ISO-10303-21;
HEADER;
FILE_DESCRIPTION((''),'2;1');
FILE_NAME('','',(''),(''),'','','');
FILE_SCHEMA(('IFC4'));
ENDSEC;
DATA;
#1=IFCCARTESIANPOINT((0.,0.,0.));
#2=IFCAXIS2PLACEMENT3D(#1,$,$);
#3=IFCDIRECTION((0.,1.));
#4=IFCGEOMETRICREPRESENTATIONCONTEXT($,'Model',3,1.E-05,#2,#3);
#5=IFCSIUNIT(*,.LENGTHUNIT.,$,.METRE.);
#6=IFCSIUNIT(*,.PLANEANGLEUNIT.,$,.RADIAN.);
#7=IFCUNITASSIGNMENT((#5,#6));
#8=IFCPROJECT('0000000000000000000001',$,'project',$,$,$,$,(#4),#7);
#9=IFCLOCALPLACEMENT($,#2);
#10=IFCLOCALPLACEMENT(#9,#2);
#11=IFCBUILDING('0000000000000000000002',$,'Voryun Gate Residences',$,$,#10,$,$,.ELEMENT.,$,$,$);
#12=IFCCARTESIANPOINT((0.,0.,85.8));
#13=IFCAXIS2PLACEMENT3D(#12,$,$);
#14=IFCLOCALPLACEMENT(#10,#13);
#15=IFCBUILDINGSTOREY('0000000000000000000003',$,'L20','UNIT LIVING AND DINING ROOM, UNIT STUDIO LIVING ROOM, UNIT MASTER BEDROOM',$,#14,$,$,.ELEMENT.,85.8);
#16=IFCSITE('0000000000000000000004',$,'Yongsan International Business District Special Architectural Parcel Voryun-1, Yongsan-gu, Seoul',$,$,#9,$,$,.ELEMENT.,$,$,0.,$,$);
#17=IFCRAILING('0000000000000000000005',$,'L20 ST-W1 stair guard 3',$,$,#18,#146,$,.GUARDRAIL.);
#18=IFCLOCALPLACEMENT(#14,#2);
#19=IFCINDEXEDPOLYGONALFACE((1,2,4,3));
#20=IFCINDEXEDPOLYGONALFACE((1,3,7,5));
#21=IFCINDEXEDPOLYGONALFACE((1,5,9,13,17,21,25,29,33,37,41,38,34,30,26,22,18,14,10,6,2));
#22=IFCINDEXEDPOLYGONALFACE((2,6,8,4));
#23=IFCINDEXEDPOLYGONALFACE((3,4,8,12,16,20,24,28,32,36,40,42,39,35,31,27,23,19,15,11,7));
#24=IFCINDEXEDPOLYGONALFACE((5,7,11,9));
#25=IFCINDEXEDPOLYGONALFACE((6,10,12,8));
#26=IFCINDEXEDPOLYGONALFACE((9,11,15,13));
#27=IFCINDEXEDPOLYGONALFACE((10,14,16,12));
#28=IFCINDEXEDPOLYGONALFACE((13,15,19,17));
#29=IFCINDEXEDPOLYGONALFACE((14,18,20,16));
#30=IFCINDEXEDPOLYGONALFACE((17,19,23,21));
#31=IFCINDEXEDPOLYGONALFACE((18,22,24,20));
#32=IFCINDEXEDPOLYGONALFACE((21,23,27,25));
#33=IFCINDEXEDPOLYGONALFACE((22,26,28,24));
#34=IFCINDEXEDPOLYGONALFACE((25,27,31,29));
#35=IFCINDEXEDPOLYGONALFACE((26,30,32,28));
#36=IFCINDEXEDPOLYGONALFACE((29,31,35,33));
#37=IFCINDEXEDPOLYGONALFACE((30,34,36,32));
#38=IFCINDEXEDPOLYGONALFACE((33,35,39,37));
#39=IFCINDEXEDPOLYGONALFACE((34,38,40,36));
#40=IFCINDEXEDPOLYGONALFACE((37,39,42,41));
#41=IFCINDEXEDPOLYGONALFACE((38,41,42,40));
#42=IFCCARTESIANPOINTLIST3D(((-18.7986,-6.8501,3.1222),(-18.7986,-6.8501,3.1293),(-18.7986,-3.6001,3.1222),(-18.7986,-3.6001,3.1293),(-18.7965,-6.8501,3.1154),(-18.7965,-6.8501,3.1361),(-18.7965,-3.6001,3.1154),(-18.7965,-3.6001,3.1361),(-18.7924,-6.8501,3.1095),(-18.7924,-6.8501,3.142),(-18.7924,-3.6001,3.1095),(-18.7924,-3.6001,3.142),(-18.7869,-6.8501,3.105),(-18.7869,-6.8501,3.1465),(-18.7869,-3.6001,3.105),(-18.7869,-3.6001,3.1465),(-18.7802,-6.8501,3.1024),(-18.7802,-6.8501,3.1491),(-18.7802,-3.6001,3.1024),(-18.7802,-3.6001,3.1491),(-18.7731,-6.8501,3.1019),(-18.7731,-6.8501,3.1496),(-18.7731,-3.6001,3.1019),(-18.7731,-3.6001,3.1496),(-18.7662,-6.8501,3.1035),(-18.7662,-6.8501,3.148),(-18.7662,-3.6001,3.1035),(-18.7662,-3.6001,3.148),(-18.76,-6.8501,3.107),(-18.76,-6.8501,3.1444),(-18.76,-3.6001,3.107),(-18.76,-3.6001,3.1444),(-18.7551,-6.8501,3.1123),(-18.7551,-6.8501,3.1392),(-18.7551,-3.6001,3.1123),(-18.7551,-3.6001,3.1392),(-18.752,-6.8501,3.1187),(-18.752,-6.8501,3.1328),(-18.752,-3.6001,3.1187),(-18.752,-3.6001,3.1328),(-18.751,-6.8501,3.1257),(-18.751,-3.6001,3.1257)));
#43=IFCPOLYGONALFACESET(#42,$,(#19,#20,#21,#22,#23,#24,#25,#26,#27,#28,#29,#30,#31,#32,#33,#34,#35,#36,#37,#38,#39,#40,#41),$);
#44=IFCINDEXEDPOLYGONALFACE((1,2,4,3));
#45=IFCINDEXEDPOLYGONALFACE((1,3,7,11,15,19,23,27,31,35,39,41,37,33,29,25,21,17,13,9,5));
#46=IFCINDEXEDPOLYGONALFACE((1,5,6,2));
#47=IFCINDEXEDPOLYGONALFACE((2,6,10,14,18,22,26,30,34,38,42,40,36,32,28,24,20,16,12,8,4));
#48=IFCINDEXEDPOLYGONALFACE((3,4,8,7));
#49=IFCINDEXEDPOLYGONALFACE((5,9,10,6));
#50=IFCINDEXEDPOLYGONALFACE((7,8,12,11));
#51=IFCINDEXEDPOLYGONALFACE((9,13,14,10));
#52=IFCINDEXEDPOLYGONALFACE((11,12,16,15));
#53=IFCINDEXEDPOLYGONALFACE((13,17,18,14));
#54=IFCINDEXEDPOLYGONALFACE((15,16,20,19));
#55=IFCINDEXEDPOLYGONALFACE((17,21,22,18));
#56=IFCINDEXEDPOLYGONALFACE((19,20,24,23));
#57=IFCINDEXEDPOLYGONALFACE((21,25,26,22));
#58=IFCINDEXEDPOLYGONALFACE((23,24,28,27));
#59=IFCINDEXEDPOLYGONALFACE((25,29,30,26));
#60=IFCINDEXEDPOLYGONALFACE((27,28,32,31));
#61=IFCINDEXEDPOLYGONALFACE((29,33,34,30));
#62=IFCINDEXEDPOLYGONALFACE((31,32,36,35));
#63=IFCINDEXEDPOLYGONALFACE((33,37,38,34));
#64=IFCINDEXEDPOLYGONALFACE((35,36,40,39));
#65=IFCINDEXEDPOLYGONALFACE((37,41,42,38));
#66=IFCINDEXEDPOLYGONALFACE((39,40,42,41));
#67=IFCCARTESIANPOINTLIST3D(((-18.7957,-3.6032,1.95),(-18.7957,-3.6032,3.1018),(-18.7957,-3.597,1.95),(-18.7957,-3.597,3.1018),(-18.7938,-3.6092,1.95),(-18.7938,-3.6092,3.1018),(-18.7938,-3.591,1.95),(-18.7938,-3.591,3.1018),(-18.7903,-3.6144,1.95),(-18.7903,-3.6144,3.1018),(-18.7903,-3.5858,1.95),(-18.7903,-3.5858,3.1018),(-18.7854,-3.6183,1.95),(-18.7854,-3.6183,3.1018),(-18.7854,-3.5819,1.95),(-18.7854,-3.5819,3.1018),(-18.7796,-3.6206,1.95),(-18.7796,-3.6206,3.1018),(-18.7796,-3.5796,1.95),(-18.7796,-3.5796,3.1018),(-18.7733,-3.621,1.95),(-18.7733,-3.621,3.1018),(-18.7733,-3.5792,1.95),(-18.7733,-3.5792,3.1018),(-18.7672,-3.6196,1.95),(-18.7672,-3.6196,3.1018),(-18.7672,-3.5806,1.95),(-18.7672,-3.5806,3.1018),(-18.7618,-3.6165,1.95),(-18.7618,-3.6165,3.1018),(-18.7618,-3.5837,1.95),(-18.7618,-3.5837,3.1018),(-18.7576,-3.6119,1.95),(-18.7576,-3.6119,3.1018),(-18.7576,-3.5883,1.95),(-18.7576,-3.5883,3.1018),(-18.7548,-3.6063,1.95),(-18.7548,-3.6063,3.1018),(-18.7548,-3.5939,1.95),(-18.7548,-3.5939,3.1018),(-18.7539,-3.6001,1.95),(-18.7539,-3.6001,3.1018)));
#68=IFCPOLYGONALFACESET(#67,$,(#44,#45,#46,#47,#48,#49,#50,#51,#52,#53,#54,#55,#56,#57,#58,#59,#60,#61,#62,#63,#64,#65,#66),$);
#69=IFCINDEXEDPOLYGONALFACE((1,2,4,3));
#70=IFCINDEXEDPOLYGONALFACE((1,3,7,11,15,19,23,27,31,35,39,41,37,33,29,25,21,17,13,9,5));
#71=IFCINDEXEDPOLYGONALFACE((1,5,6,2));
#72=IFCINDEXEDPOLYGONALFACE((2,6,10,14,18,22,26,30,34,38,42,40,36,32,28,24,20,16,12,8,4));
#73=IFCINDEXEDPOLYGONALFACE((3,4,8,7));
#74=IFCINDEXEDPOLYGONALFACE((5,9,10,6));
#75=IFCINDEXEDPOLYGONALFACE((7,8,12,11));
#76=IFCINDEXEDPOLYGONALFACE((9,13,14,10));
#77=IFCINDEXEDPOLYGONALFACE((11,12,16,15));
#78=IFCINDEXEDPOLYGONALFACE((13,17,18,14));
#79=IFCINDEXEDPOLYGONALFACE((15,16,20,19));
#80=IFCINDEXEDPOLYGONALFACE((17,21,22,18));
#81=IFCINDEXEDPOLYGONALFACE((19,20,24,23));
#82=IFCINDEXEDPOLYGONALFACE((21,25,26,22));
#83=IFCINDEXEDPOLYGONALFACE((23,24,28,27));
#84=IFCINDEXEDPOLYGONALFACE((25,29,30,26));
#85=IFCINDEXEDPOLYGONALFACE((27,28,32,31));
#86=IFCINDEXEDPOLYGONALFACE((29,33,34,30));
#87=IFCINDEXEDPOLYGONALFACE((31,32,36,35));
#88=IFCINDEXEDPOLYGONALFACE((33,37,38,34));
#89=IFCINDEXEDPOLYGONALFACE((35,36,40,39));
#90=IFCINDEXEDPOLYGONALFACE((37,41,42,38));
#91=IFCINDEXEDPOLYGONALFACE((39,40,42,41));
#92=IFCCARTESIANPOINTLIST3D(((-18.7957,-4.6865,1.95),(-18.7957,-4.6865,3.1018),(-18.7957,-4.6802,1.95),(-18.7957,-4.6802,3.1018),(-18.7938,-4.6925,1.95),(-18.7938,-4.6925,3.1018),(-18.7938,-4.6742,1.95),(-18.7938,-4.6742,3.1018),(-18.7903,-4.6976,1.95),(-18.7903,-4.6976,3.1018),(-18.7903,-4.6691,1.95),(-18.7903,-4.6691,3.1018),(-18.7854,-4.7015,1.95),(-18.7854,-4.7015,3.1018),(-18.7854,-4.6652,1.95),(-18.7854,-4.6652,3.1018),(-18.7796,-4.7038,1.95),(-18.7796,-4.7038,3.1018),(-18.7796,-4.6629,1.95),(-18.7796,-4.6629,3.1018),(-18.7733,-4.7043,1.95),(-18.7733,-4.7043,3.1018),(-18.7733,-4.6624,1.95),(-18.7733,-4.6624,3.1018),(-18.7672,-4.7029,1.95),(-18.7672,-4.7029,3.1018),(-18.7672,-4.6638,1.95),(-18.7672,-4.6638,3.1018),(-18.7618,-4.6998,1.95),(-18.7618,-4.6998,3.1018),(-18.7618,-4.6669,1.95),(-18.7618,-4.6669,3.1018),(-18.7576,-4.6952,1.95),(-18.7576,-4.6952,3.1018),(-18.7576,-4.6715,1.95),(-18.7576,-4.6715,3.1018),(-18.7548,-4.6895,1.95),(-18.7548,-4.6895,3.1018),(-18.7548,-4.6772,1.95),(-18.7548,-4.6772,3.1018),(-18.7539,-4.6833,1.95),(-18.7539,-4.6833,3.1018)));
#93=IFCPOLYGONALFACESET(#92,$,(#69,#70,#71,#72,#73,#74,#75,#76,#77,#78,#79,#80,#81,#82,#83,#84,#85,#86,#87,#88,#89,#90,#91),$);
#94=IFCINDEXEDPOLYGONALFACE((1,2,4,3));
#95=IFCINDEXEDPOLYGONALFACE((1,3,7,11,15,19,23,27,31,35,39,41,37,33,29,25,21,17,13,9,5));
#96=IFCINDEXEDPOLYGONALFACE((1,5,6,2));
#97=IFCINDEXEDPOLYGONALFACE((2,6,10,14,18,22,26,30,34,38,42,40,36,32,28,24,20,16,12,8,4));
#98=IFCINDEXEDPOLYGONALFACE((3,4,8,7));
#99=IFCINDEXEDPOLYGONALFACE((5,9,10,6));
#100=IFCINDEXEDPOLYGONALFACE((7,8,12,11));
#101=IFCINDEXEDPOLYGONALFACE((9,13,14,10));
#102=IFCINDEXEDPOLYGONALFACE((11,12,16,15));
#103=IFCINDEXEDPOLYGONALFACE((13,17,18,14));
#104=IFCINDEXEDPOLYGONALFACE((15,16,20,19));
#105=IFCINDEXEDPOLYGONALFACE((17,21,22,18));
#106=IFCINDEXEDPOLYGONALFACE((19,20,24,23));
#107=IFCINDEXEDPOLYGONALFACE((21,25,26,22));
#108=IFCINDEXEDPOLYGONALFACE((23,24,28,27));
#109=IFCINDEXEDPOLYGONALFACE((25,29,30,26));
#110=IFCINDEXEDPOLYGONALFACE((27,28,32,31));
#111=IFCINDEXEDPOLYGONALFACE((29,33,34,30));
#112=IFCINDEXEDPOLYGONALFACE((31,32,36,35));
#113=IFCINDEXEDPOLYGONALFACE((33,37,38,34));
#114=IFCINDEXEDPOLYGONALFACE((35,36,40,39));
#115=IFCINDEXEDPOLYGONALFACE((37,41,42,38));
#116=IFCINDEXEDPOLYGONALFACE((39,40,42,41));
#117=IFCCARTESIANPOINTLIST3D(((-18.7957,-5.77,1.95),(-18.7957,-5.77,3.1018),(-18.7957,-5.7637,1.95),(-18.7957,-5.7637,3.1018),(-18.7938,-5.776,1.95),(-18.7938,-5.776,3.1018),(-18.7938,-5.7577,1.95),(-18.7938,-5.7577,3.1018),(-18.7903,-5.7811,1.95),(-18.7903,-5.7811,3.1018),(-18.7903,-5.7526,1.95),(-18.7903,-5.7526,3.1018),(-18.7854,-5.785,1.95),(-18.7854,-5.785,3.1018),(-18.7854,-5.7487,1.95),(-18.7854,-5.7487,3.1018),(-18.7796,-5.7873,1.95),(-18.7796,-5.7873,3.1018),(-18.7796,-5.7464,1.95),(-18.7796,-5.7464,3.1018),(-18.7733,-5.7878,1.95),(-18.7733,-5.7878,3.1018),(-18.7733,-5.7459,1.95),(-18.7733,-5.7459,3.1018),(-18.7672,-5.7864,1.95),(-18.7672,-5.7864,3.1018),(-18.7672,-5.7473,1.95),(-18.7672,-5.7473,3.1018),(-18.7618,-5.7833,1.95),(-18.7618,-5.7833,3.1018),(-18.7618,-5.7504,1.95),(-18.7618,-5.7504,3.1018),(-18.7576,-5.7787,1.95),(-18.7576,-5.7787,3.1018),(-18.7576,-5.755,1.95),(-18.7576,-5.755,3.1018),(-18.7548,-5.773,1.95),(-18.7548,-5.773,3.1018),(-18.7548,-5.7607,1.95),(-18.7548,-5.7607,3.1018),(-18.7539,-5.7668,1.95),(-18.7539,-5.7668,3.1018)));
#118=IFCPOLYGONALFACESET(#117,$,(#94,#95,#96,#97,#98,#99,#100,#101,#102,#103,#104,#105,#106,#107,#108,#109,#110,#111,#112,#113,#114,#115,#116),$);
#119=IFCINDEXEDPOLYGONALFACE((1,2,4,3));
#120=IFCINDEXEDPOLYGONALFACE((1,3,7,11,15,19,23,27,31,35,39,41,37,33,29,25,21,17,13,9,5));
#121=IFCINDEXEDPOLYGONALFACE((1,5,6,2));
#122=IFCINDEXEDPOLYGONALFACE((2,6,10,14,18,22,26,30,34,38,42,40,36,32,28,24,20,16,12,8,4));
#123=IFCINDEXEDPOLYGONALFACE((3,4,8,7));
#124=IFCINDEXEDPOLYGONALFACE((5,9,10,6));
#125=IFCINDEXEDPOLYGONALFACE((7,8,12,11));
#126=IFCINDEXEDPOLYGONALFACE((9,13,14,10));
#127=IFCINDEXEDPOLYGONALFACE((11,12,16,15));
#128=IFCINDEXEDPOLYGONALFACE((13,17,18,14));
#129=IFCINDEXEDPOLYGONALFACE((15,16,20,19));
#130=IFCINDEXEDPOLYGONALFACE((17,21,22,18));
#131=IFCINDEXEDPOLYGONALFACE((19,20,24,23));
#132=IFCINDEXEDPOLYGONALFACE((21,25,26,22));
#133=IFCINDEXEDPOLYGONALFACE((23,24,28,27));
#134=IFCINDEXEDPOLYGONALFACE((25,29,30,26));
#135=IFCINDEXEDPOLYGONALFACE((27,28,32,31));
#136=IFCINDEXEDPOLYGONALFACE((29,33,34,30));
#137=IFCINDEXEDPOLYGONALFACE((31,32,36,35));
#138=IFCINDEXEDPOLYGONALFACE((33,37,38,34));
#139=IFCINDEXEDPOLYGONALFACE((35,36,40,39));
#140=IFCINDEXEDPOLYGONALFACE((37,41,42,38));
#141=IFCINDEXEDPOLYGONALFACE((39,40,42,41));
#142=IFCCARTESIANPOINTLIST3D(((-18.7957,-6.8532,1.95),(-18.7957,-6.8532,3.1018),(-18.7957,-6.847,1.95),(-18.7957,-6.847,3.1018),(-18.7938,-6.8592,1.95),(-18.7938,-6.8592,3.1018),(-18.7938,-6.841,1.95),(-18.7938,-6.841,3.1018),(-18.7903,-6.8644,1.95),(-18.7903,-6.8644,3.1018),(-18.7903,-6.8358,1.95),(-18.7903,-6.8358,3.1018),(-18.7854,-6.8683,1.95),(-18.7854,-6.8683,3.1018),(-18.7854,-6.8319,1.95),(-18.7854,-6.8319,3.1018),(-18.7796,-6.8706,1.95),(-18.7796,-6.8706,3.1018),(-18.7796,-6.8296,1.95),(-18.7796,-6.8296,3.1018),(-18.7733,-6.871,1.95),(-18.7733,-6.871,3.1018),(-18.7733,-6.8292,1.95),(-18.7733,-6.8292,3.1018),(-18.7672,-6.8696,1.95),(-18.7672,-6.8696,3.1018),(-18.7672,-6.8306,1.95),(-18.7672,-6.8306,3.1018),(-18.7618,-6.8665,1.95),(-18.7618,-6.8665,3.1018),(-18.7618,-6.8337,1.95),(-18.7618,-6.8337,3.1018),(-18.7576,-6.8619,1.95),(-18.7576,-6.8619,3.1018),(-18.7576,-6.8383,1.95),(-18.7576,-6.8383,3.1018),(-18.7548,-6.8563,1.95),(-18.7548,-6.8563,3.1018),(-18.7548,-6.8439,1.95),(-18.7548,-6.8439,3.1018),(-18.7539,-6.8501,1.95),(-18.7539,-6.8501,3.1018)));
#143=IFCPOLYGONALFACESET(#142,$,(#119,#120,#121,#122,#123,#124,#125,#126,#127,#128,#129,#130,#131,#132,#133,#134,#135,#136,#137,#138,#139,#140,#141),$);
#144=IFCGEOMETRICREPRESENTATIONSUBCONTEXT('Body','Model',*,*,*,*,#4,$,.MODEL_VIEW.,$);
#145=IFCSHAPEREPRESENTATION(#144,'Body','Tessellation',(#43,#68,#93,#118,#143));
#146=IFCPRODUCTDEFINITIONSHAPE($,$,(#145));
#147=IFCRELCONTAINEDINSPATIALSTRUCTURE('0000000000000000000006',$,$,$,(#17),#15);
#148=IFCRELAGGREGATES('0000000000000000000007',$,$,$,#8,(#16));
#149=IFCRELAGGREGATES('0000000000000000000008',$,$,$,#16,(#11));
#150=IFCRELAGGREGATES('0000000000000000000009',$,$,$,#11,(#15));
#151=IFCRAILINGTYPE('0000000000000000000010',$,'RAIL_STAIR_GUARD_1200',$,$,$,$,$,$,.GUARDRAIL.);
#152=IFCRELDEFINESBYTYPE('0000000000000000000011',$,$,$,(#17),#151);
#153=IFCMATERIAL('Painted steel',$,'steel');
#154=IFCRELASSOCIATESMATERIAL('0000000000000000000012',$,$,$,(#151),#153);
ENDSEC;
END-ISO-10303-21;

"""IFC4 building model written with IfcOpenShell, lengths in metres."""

from ifc_helpers import new_model, si_unit, direction, frame, origin, origin_2d, place, context, subcontext, project, spatial, circle, extrude, material, type_object, element, save


model = new_model("IFC4")

# Units and contexts
model_context = context("Model", 3, precision=1e-05, world=origin(), true_north=direction((0.0, 1.0)))
body_context = subcontext(model_context, "Body", "Model", "MODEL_VIEW")
ifc_project = project(units=[si_unit("LENGTHUNIT", "METRE"), si_unit("PLANEANGLEUNIT", "RADIAN")], contexts=[model_context])

# Site, building, storey
site_placement = place(None, origin())
site = spatial("IfcSite", under=ifc_project, at=site_placement, Name="Yongsan International Business District Special Architectural Parcel Voryun-1, Yongsan-gu, Seoul", CompositionType="ELEMENT", RefElevation=0.0)
building_placement = place(site_placement, origin())
building = spatial("IfcBuilding", under=site, at=building_placement, Name="Voryun Gate Residences", CompositionType="ELEMENT")
storey_placement = place(building_placement, frame((0.0, 0.0, 85.8)))
storey = spatial("IfcBuildingStorey", under=building, at=storey_placement, Name="L20", Description="UNIT LIVING AND DINING ROOM, UNIT STUDIO LIVING ROOM, UNIT MASTER BEDROOM", CompositionType="ELEMENT", Elevation=85.8)

# Railing
ifc_material_1 = material(Name="Painted steel", Category="steel")
railing_type_1 = type_object("IfcRailingType", Name="RAIL_STAIR_GUARD_1200", PredefinedType="GUARDRAIL", material=ifc_material_1)
for number, where, name in (
    (1, (-18.7749, -3.6001, 1.95), "L20 ST-W1 stair guard 3"),
):
    element("IfcRailing", number, at=place(storey_placement, frame(where)), inside=storey, type_object=railing_type_1, Name=name, PredefinedType="GUARDRAIL", context=body_context, shape_type="SweptSolid", body=[
        extrude(circle(Radius=0.0239, at=origin_2d()), frame((0.0, 0.0, 1.1758), z_axis=(0.0, -1.0, 0.0), x_axis=(1.0, 0.0, 0.0)), (0.0, 0.0, 1.0), 3.25),
        extrude(circle(Radius=0.021, at=origin_2d()), origin(), (0.0, 0.0, 1.0), 1.1519),
        extrude(circle(Radius=0.021, at=origin_2d()), frame((0.0, -1.0833, 0.0)), (0.0, 0.0, 1.0), 1.1519),
        extrude(circle(Radius=0.021, at=origin_2d()), frame((0.0, -2.1667, 0.0)), (0.0, 0.0, 1.0), 1.1519),
        extrude(circle(Radius=0.021, at=origin_2d()), frame((0.0, -3.25, 0.0)), (0.0, 0.0, 1.0), 1.1519),
    ])

save(model, "model.ifc")
